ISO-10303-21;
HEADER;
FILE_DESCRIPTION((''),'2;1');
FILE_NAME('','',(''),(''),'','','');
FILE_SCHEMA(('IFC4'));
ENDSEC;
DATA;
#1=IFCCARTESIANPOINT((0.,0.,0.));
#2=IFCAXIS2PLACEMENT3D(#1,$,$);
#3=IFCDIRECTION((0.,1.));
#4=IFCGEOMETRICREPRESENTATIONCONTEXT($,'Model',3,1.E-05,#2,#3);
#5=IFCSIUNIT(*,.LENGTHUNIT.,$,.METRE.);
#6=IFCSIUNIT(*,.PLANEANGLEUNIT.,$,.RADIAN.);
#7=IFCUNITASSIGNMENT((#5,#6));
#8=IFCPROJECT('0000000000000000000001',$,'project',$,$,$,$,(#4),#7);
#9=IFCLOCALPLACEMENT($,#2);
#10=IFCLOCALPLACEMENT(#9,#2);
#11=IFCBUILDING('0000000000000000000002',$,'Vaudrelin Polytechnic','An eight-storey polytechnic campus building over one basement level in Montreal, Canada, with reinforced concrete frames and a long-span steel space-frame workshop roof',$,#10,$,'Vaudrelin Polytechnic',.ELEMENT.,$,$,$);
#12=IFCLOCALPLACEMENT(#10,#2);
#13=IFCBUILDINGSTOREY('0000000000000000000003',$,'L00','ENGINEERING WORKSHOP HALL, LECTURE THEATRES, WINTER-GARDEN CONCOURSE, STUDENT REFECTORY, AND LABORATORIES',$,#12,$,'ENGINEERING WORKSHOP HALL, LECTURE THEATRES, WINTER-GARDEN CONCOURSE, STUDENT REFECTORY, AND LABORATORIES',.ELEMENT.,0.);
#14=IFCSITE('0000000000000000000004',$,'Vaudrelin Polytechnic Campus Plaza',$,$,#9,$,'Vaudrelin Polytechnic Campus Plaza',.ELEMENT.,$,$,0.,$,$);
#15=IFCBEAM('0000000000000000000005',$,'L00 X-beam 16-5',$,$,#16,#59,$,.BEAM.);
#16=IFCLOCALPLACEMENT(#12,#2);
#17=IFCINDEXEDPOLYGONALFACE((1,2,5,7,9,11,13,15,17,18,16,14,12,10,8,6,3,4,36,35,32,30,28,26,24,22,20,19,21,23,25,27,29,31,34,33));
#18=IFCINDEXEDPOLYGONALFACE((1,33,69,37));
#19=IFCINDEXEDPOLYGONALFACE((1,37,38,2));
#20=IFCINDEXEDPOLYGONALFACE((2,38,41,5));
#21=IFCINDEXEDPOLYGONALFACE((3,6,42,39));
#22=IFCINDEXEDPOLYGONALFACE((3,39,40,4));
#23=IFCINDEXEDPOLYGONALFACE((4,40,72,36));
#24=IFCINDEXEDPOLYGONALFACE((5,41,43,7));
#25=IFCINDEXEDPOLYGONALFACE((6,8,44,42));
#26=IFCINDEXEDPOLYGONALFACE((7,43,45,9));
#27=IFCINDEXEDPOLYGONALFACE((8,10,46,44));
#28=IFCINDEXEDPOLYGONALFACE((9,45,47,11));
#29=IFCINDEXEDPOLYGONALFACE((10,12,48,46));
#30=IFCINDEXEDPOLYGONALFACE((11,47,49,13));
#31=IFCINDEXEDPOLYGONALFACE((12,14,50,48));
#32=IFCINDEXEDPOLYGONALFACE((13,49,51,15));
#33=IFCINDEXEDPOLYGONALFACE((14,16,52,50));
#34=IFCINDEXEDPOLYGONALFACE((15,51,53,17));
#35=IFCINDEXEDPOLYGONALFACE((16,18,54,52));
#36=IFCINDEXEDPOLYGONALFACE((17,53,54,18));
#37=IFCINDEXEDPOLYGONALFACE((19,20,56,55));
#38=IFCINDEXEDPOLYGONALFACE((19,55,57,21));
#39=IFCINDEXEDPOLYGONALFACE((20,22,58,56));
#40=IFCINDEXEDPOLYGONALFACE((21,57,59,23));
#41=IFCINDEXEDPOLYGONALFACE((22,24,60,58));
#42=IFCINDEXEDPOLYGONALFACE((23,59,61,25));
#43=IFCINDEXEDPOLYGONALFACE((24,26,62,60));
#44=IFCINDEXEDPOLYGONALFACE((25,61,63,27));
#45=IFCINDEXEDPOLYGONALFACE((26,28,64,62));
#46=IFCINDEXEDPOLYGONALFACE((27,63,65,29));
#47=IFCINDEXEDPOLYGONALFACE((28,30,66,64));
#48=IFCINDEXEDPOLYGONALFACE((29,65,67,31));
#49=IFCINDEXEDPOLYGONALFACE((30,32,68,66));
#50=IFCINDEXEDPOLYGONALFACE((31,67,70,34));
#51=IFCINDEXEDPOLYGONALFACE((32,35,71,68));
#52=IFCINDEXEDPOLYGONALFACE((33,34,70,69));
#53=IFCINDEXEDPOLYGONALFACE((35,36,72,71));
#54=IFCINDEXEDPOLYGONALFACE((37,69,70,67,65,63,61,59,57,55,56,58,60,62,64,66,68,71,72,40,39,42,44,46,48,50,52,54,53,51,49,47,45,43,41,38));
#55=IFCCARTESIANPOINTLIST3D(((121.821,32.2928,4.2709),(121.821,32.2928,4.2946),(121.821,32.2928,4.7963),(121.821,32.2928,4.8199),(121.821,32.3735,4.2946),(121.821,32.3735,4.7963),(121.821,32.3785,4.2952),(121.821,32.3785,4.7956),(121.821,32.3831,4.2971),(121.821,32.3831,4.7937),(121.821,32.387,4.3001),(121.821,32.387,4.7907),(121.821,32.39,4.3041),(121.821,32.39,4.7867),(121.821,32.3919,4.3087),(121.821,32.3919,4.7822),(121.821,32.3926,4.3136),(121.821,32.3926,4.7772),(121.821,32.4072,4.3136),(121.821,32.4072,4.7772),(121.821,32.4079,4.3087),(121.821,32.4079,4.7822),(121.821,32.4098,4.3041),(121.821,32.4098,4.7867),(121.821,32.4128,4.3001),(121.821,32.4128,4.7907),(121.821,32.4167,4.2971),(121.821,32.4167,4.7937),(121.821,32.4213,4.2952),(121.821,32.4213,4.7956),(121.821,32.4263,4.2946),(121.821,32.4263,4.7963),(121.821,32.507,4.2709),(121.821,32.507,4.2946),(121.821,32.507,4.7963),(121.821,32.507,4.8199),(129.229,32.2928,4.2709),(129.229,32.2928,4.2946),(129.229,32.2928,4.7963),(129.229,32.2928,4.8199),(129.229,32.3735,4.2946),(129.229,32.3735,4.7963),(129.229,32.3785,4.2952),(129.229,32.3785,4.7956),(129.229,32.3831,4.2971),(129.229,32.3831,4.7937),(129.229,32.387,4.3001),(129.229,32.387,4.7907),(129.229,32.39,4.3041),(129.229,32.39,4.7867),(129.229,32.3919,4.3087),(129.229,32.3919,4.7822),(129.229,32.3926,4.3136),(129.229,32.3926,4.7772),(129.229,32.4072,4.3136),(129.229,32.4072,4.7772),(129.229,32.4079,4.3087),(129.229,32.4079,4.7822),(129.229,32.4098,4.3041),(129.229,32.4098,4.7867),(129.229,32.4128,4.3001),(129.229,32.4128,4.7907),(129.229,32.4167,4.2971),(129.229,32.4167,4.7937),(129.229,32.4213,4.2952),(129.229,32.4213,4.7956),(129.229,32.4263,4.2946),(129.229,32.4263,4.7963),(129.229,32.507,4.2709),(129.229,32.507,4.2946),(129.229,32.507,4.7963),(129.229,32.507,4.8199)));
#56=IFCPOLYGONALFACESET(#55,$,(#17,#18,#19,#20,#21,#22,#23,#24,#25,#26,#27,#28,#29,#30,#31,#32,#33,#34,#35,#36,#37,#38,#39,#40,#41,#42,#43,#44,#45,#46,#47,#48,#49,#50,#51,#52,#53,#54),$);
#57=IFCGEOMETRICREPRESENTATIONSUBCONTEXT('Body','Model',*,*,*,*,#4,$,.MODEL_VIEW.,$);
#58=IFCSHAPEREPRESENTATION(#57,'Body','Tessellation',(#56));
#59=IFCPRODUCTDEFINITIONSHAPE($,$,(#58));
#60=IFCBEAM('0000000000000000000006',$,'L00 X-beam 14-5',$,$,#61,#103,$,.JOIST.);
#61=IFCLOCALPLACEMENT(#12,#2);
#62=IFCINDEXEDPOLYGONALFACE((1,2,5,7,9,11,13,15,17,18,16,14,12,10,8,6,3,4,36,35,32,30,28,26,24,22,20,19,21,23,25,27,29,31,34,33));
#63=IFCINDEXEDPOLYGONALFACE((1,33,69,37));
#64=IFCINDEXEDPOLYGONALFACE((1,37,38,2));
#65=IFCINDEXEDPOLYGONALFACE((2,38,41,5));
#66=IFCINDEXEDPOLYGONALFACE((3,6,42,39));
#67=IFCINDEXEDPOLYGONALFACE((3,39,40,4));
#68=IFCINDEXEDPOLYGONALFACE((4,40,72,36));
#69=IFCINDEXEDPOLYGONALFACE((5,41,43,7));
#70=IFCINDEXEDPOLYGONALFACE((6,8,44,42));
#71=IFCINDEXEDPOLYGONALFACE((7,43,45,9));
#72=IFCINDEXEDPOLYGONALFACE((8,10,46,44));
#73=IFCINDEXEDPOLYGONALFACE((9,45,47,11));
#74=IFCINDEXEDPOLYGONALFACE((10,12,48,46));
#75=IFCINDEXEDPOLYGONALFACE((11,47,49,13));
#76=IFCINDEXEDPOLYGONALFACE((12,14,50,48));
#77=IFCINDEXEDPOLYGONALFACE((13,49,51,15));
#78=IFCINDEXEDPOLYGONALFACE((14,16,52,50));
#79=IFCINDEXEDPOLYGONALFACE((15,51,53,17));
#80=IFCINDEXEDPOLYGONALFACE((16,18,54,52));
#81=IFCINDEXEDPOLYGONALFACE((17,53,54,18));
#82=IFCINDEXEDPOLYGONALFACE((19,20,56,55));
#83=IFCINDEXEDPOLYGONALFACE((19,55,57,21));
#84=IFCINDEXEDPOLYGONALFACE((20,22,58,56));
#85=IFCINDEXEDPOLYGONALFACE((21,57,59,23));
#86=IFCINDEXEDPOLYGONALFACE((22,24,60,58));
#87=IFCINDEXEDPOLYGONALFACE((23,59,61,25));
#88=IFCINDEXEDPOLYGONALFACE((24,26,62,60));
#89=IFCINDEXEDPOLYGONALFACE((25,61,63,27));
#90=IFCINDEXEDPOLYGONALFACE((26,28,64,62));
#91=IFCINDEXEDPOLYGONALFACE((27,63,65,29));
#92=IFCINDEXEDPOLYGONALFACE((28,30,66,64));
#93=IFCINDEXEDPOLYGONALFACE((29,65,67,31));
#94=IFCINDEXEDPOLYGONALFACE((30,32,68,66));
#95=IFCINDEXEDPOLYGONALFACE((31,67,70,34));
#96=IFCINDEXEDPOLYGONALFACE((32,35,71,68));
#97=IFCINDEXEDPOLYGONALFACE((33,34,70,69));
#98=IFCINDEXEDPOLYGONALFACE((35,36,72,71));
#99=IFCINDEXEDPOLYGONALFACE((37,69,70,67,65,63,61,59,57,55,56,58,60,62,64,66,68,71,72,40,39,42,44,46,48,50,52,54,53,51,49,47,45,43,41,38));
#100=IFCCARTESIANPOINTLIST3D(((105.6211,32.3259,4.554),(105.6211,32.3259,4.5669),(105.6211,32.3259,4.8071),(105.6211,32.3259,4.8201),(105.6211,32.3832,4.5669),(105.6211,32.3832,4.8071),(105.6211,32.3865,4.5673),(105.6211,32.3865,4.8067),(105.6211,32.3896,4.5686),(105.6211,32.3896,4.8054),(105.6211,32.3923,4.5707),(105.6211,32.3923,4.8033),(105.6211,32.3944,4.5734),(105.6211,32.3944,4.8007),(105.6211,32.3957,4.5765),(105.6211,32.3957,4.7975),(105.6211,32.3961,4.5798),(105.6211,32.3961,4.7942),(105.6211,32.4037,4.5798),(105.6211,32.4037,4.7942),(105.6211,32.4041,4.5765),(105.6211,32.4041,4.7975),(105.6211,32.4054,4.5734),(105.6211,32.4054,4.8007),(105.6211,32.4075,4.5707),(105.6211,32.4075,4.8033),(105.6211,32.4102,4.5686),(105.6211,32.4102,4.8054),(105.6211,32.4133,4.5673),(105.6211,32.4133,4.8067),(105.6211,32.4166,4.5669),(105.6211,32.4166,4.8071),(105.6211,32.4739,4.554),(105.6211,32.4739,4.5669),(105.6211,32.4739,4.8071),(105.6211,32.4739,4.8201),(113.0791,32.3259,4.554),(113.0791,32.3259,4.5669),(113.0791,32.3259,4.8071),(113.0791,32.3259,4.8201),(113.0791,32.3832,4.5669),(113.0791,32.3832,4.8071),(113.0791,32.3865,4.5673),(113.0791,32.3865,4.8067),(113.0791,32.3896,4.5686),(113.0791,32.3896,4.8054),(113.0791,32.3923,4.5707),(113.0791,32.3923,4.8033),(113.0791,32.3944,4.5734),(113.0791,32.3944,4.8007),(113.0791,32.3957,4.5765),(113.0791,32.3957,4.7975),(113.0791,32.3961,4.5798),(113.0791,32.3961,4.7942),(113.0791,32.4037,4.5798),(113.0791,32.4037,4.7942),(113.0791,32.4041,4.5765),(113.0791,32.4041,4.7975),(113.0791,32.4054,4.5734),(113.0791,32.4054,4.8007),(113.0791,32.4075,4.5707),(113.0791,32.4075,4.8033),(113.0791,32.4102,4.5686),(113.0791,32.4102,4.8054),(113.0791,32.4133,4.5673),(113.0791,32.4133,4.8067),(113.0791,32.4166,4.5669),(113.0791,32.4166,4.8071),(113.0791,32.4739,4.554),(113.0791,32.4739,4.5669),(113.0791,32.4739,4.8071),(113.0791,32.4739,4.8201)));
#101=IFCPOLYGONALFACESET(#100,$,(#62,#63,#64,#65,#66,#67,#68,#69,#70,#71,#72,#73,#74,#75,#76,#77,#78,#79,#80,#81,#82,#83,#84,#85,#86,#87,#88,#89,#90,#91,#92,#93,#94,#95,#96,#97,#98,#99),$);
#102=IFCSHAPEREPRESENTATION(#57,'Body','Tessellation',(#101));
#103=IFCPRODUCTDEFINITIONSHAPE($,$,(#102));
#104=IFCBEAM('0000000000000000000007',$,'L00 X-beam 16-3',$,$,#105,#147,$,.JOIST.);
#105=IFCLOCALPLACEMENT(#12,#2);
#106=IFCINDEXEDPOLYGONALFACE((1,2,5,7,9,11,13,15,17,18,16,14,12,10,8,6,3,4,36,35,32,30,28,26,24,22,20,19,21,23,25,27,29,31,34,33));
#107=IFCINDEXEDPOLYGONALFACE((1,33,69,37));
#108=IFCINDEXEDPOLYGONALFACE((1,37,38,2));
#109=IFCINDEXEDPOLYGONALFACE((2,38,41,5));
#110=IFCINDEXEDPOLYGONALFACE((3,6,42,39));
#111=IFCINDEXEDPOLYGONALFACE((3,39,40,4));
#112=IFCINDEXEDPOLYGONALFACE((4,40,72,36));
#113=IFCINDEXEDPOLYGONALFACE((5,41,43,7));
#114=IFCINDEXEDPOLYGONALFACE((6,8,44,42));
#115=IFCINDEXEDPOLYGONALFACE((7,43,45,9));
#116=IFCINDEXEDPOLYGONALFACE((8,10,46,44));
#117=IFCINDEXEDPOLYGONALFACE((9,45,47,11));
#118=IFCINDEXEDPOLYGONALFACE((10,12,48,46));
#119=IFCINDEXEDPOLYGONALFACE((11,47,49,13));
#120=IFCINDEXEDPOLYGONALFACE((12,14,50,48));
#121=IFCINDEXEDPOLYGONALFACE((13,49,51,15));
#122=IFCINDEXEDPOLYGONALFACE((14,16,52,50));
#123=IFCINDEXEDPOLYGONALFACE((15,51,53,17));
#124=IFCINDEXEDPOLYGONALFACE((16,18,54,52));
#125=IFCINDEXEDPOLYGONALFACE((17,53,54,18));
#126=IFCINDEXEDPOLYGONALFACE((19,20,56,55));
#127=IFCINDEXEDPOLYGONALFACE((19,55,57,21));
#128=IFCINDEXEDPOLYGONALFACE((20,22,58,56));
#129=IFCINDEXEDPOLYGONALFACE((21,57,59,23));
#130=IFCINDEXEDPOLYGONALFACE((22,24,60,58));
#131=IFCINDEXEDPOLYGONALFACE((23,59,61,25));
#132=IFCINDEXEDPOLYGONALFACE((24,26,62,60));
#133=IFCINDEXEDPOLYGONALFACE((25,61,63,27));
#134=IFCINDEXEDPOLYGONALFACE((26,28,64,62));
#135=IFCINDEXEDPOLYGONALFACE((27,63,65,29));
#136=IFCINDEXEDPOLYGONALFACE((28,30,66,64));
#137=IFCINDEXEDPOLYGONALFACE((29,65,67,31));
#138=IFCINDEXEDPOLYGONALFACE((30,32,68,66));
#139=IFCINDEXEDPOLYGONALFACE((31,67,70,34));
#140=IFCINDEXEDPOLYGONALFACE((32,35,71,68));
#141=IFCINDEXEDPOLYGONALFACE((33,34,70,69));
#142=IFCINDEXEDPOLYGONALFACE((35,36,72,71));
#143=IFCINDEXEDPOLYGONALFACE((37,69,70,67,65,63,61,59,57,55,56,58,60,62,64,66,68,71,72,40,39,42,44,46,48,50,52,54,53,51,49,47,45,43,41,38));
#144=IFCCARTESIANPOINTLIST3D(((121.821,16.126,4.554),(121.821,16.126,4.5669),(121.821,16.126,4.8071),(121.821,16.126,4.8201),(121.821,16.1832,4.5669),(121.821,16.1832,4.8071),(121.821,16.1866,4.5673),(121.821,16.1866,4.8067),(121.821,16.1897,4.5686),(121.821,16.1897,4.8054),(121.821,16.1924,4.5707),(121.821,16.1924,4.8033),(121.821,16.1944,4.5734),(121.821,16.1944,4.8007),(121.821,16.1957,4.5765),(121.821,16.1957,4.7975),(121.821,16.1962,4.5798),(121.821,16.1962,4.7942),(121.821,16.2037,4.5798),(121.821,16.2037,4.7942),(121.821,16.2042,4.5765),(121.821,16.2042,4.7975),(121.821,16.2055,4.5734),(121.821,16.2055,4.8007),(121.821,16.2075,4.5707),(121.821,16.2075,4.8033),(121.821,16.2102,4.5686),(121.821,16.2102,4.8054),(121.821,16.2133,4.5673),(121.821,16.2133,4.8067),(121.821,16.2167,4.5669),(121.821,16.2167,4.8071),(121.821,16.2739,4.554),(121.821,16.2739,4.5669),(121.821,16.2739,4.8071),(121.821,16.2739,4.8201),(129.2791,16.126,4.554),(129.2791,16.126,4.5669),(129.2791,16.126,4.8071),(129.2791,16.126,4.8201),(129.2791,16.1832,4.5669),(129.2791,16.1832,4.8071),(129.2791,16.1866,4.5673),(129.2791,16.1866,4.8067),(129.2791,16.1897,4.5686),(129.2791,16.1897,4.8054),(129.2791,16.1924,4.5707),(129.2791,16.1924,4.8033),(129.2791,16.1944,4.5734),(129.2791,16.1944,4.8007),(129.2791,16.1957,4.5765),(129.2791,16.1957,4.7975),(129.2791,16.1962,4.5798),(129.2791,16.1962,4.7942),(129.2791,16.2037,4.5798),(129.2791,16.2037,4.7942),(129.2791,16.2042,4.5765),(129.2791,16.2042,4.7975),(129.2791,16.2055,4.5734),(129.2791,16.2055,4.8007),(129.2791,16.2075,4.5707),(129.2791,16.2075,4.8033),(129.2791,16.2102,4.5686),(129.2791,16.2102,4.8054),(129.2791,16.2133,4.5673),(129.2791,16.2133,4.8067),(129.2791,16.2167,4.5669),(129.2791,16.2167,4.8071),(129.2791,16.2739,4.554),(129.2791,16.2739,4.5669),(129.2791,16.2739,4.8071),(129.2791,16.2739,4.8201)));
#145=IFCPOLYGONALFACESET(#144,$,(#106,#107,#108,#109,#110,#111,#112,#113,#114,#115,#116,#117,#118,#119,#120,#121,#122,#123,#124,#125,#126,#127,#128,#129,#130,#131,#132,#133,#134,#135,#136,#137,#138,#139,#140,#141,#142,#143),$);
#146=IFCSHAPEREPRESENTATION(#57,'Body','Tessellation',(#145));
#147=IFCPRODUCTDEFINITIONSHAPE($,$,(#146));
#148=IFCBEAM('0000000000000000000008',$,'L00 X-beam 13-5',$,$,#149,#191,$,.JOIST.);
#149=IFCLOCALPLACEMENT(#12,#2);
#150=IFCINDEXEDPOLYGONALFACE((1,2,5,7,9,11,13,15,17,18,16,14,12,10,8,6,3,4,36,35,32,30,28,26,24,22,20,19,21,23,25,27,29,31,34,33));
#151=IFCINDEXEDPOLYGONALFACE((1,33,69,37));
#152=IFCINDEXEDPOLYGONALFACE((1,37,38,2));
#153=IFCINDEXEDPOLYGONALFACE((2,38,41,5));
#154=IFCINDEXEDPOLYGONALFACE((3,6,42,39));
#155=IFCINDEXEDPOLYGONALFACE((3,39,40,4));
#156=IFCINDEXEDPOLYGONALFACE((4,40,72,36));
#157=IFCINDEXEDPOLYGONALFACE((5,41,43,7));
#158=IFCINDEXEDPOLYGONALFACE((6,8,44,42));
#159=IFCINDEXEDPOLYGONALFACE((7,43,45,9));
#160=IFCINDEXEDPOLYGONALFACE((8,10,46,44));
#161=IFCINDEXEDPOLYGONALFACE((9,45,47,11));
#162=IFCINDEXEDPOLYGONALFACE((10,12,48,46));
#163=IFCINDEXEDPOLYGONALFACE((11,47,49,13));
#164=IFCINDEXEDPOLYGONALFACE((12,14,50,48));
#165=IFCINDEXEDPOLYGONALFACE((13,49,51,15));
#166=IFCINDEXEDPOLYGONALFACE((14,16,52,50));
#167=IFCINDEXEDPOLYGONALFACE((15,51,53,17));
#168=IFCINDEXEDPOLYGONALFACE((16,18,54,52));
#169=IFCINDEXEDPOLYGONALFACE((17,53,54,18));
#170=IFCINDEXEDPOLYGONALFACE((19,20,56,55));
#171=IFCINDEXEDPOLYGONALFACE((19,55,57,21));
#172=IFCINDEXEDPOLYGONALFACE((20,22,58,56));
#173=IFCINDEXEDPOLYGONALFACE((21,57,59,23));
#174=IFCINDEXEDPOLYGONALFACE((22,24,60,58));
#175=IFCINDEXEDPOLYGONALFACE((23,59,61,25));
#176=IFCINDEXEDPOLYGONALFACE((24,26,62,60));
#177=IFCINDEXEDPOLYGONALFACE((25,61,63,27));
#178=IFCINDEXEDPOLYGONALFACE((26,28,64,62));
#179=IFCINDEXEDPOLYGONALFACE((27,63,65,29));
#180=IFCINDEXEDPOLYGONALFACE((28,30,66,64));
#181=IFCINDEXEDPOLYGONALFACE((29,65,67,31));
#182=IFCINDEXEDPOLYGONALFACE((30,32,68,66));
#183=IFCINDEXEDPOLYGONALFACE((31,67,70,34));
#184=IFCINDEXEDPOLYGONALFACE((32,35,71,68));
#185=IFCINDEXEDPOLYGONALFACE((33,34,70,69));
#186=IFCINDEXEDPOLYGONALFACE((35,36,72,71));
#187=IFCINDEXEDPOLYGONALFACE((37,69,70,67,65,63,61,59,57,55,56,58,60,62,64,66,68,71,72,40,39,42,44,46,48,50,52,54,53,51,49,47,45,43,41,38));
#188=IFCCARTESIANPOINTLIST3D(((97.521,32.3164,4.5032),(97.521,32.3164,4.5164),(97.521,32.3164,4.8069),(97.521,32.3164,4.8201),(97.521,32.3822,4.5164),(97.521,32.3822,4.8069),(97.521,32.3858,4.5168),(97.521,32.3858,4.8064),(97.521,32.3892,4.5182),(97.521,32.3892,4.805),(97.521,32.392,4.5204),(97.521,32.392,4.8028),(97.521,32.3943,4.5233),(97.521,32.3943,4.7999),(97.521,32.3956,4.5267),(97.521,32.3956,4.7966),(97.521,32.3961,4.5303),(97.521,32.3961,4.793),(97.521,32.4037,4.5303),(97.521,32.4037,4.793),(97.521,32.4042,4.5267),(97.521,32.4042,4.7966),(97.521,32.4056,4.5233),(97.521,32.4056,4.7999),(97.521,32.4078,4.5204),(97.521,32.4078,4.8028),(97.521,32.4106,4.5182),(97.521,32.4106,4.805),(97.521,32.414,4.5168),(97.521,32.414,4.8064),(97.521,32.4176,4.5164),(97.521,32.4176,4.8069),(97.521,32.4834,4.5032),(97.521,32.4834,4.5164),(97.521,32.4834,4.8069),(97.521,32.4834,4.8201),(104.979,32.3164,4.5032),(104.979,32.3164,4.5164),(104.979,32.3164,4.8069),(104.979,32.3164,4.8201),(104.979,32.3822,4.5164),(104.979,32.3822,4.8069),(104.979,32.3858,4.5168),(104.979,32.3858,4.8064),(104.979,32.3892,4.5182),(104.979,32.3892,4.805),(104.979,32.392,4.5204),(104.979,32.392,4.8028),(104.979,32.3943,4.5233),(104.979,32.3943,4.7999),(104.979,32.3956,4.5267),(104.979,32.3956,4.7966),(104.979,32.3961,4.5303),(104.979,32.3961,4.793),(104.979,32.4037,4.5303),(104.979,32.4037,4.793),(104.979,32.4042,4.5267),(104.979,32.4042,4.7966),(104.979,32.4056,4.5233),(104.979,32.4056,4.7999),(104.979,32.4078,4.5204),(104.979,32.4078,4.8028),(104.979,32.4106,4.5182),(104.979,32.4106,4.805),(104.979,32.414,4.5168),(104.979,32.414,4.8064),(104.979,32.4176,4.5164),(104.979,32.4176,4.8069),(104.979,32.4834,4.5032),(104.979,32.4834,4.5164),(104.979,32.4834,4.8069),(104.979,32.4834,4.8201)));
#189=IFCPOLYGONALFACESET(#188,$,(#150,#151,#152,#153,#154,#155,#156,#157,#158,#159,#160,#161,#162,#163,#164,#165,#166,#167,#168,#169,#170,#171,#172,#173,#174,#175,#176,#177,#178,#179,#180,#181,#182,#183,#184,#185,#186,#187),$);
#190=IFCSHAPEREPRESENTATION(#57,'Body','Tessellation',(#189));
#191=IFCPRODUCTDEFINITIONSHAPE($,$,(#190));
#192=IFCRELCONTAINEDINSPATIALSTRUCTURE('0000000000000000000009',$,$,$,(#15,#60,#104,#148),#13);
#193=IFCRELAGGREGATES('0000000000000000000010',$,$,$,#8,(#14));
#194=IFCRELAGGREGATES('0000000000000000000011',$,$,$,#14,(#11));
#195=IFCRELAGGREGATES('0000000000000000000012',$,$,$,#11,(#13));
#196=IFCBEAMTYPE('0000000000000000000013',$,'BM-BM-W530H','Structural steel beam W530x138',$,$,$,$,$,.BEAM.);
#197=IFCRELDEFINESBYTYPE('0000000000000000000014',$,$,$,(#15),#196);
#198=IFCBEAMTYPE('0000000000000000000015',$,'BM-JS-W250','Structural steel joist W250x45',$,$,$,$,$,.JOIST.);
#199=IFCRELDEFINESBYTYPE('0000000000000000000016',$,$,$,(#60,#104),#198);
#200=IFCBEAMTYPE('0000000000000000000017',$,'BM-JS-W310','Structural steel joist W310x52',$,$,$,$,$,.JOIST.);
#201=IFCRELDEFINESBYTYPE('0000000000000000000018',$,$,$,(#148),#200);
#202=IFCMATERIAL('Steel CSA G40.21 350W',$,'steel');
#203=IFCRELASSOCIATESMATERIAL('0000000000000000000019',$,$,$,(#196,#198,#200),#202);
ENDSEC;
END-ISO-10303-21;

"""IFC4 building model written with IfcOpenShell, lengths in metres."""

from ifc_helpers import new_model, si_unit, direction, frame, origin, origin_2d, place, context, subcontext, project, spatial, i_section, extrude, material, material_profile, profile_set, type_object, element, save


model = new_model("IFC4")

# Units and contexts
model_context = context("Model", 3, precision=1e-05, world=origin(), true_north=direction((0.0, 1.0)))
body_context = subcontext(model_context, "Body", "Model", "MODEL_VIEW")
ifc_project = project(units=[si_unit("LENGTHUNIT", "METRE"), si_unit("PLANEANGLEUNIT", "RADIAN")], contexts=[model_context])

# Site, building, storey
site_placement = place(None, origin())
site = spatial("IfcSite", under=ifc_project, at=site_placement, Name="Vaudrelin Polytechnic Campus Plaza", LongName="Vaudrelin Polytechnic Campus Plaza", CompositionType="ELEMENT", RefElevation=0.0)
building_placement = place(site_placement, origin())
building = spatial("IfcBuilding", under=site, at=building_placement, Name="Vaudrelin Polytechnic", Description="An eight-storey polytechnic campus building over one basement level in Montreal, Canada, with reinforced concrete frames and a long-span steel space-frame workshop roof", LongName="Vaudrelin Polytechnic", CompositionType="ELEMENT")
storey_placement = place(building_placement, origin())
storey = spatial("IfcBuildingStorey", under=building, at=storey_placement, Name="L00", Description="ENGINEERING WORKSHOP HALL, LECTURE THEATRES, WINTER-GARDEN CONCOURSE, STUDENT REFECTORY, AND LABORATORIES", LongName="ENGINEERING WORKSHOP HALL, LECTURE THEATRES, WINTER-GARDEN CONCOURSE, STUDENT REFECTORY, AND LABORATORIES", CompositionType="ELEMENT", Elevation=0.0)

# Beams
ifc_material_1 = material(Name="Steel CSA G40.21 350W", Category="steel")
ifc_material_profile_1 = material_profile(ifc_material_1, i_section(OverallWidth=0.2141, OverallDepth=0.5491, WebThickness=0.0146, FlangeThickness=0.0237, FilletRadius=0.019, at=origin_2d()), Name="W530x138")
ifc_profile_set_1 = profile_set([ifc_material_profile_1], Name="Steel CSA G40.21 350W")
beam_type_1 = type_object("IfcBeamType", Name="BM-BM-W530H", Description="Structural steel beam W530x138", PredefinedType="BEAM", material=ifc_profile_set_1)
beam_1_placement = place(storey_placement, frame((121.821, 32.3999, 4.5454), z_axis=(1.0, 0.0, 0.0), x_axis=(0.0, 1.0, 0.0)))
element("IfcBeam", 1, at=beam_1_placement, inside=storey, type_object=beam_type_1, Name="L00 X-beam 16-5", PredefinedType="BEAM", context=body_context, shape_type="SweptSolid", body=[
    extrude(i_section(OverallWidth=0.2141, OverallDepth=0.5491, WebThickness=0.0146, FlangeThickness=0.0237, FilletRadius=0.019, at=origin_2d()), origin(), (0.0, 0.0, 1.0), 7.408),
])
ifc_material_profile_2 = material_profile(ifc_material_1, i_section(OverallWidth=0.1479, OverallDepth=0.2661, WebThickness=0.0076, FlangeThickness=0.0129, FilletRadius=0.0129, at=origin_2d()), Name="W250x45")
ifc_profile_set_2 = profile_set([ifc_material_profile_2], Name="Steel CSA G40.21 350W")
beam_type_2 = type_object("IfcBeamType", Name="BM-JS-W250", Description="Structural steel joist W250x45", PredefinedType="JOIST", material=ifc_profile_set_2)
for number, where, z_axis, x_axis, name in (
    (2, (105.6211, 32.3999, 4.687), (1.0, 0.0, 0.0), (0.0, 1.0, 0.0), "L00 X-beam 14-5"),
    (3, (121.821, 16.2, 4.687), (1.0, 0.0, 0.0), (0.0, 1.0, 0.0), "L00 X-beam 16-3"),
):
    element("IfcBeam", number, at=place(storey_placement, frame(where, z_axis=z_axis, x_axis=x_axis)), inside=storey, type_object=beam_type_2, Name=name, PredefinedType="JOIST", context=body_context, shape_type="SweptSolid", body=[
        extrude(i_section(OverallWidth=0.1479, OverallDepth=0.2661, WebThickness=0.0076, FlangeThickness=0.0129, FilletRadius=0.0129, at=origin_2d()), origin(), (0.0, 0.0, 1.0), 7.458),
    ])
ifc_material_profile_3 = material_profile(ifc_material_1, i_section(OverallWidth=0.167, OverallDepth=0.3169, WebThickness=0.0076, FlangeThickness=0.0132, FilletRadius=0.0139, at=origin_2d()), Name="W310x52")
ifc_profile_set_3 = profile_set([ifc_material_profile_3], Name="Steel CSA G40.21 350W")
beam_type_3 = type_object("IfcBeamType", Name="BM-JS-W310", Description="Structural steel joist W310x52", PredefinedType="JOIST", material=ifc_profile_set_3)
for number, where, z_axis, x_axis, name in (
    (4, (97.521, 32.3999, 4.6616), (1.0, 0.0, 0.0), (0.0, 1.0, 0.0), "L00 X-beam 13-5"),
):
    element("IfcBeam", number, at=place(storey_placement, frame(where, z_axis=z_axis, x_axis=x_axis)), inside=storey, type_object=beam_type_3, Name=name, PredefinedType="JOIST", context=body_context, shape_type="SweptSolid", body=[
        extrude(i_section(OverallWidth=0.167, OverallDepth=0.3169, WebThickness=0.0076, FlangeThickness=0.0132, FilletRadius=0.0139, at=origin_2d()), origin(), (0.0, 0.0, 1.0), 7.458),
    ])

save(model, "model.ifc")
